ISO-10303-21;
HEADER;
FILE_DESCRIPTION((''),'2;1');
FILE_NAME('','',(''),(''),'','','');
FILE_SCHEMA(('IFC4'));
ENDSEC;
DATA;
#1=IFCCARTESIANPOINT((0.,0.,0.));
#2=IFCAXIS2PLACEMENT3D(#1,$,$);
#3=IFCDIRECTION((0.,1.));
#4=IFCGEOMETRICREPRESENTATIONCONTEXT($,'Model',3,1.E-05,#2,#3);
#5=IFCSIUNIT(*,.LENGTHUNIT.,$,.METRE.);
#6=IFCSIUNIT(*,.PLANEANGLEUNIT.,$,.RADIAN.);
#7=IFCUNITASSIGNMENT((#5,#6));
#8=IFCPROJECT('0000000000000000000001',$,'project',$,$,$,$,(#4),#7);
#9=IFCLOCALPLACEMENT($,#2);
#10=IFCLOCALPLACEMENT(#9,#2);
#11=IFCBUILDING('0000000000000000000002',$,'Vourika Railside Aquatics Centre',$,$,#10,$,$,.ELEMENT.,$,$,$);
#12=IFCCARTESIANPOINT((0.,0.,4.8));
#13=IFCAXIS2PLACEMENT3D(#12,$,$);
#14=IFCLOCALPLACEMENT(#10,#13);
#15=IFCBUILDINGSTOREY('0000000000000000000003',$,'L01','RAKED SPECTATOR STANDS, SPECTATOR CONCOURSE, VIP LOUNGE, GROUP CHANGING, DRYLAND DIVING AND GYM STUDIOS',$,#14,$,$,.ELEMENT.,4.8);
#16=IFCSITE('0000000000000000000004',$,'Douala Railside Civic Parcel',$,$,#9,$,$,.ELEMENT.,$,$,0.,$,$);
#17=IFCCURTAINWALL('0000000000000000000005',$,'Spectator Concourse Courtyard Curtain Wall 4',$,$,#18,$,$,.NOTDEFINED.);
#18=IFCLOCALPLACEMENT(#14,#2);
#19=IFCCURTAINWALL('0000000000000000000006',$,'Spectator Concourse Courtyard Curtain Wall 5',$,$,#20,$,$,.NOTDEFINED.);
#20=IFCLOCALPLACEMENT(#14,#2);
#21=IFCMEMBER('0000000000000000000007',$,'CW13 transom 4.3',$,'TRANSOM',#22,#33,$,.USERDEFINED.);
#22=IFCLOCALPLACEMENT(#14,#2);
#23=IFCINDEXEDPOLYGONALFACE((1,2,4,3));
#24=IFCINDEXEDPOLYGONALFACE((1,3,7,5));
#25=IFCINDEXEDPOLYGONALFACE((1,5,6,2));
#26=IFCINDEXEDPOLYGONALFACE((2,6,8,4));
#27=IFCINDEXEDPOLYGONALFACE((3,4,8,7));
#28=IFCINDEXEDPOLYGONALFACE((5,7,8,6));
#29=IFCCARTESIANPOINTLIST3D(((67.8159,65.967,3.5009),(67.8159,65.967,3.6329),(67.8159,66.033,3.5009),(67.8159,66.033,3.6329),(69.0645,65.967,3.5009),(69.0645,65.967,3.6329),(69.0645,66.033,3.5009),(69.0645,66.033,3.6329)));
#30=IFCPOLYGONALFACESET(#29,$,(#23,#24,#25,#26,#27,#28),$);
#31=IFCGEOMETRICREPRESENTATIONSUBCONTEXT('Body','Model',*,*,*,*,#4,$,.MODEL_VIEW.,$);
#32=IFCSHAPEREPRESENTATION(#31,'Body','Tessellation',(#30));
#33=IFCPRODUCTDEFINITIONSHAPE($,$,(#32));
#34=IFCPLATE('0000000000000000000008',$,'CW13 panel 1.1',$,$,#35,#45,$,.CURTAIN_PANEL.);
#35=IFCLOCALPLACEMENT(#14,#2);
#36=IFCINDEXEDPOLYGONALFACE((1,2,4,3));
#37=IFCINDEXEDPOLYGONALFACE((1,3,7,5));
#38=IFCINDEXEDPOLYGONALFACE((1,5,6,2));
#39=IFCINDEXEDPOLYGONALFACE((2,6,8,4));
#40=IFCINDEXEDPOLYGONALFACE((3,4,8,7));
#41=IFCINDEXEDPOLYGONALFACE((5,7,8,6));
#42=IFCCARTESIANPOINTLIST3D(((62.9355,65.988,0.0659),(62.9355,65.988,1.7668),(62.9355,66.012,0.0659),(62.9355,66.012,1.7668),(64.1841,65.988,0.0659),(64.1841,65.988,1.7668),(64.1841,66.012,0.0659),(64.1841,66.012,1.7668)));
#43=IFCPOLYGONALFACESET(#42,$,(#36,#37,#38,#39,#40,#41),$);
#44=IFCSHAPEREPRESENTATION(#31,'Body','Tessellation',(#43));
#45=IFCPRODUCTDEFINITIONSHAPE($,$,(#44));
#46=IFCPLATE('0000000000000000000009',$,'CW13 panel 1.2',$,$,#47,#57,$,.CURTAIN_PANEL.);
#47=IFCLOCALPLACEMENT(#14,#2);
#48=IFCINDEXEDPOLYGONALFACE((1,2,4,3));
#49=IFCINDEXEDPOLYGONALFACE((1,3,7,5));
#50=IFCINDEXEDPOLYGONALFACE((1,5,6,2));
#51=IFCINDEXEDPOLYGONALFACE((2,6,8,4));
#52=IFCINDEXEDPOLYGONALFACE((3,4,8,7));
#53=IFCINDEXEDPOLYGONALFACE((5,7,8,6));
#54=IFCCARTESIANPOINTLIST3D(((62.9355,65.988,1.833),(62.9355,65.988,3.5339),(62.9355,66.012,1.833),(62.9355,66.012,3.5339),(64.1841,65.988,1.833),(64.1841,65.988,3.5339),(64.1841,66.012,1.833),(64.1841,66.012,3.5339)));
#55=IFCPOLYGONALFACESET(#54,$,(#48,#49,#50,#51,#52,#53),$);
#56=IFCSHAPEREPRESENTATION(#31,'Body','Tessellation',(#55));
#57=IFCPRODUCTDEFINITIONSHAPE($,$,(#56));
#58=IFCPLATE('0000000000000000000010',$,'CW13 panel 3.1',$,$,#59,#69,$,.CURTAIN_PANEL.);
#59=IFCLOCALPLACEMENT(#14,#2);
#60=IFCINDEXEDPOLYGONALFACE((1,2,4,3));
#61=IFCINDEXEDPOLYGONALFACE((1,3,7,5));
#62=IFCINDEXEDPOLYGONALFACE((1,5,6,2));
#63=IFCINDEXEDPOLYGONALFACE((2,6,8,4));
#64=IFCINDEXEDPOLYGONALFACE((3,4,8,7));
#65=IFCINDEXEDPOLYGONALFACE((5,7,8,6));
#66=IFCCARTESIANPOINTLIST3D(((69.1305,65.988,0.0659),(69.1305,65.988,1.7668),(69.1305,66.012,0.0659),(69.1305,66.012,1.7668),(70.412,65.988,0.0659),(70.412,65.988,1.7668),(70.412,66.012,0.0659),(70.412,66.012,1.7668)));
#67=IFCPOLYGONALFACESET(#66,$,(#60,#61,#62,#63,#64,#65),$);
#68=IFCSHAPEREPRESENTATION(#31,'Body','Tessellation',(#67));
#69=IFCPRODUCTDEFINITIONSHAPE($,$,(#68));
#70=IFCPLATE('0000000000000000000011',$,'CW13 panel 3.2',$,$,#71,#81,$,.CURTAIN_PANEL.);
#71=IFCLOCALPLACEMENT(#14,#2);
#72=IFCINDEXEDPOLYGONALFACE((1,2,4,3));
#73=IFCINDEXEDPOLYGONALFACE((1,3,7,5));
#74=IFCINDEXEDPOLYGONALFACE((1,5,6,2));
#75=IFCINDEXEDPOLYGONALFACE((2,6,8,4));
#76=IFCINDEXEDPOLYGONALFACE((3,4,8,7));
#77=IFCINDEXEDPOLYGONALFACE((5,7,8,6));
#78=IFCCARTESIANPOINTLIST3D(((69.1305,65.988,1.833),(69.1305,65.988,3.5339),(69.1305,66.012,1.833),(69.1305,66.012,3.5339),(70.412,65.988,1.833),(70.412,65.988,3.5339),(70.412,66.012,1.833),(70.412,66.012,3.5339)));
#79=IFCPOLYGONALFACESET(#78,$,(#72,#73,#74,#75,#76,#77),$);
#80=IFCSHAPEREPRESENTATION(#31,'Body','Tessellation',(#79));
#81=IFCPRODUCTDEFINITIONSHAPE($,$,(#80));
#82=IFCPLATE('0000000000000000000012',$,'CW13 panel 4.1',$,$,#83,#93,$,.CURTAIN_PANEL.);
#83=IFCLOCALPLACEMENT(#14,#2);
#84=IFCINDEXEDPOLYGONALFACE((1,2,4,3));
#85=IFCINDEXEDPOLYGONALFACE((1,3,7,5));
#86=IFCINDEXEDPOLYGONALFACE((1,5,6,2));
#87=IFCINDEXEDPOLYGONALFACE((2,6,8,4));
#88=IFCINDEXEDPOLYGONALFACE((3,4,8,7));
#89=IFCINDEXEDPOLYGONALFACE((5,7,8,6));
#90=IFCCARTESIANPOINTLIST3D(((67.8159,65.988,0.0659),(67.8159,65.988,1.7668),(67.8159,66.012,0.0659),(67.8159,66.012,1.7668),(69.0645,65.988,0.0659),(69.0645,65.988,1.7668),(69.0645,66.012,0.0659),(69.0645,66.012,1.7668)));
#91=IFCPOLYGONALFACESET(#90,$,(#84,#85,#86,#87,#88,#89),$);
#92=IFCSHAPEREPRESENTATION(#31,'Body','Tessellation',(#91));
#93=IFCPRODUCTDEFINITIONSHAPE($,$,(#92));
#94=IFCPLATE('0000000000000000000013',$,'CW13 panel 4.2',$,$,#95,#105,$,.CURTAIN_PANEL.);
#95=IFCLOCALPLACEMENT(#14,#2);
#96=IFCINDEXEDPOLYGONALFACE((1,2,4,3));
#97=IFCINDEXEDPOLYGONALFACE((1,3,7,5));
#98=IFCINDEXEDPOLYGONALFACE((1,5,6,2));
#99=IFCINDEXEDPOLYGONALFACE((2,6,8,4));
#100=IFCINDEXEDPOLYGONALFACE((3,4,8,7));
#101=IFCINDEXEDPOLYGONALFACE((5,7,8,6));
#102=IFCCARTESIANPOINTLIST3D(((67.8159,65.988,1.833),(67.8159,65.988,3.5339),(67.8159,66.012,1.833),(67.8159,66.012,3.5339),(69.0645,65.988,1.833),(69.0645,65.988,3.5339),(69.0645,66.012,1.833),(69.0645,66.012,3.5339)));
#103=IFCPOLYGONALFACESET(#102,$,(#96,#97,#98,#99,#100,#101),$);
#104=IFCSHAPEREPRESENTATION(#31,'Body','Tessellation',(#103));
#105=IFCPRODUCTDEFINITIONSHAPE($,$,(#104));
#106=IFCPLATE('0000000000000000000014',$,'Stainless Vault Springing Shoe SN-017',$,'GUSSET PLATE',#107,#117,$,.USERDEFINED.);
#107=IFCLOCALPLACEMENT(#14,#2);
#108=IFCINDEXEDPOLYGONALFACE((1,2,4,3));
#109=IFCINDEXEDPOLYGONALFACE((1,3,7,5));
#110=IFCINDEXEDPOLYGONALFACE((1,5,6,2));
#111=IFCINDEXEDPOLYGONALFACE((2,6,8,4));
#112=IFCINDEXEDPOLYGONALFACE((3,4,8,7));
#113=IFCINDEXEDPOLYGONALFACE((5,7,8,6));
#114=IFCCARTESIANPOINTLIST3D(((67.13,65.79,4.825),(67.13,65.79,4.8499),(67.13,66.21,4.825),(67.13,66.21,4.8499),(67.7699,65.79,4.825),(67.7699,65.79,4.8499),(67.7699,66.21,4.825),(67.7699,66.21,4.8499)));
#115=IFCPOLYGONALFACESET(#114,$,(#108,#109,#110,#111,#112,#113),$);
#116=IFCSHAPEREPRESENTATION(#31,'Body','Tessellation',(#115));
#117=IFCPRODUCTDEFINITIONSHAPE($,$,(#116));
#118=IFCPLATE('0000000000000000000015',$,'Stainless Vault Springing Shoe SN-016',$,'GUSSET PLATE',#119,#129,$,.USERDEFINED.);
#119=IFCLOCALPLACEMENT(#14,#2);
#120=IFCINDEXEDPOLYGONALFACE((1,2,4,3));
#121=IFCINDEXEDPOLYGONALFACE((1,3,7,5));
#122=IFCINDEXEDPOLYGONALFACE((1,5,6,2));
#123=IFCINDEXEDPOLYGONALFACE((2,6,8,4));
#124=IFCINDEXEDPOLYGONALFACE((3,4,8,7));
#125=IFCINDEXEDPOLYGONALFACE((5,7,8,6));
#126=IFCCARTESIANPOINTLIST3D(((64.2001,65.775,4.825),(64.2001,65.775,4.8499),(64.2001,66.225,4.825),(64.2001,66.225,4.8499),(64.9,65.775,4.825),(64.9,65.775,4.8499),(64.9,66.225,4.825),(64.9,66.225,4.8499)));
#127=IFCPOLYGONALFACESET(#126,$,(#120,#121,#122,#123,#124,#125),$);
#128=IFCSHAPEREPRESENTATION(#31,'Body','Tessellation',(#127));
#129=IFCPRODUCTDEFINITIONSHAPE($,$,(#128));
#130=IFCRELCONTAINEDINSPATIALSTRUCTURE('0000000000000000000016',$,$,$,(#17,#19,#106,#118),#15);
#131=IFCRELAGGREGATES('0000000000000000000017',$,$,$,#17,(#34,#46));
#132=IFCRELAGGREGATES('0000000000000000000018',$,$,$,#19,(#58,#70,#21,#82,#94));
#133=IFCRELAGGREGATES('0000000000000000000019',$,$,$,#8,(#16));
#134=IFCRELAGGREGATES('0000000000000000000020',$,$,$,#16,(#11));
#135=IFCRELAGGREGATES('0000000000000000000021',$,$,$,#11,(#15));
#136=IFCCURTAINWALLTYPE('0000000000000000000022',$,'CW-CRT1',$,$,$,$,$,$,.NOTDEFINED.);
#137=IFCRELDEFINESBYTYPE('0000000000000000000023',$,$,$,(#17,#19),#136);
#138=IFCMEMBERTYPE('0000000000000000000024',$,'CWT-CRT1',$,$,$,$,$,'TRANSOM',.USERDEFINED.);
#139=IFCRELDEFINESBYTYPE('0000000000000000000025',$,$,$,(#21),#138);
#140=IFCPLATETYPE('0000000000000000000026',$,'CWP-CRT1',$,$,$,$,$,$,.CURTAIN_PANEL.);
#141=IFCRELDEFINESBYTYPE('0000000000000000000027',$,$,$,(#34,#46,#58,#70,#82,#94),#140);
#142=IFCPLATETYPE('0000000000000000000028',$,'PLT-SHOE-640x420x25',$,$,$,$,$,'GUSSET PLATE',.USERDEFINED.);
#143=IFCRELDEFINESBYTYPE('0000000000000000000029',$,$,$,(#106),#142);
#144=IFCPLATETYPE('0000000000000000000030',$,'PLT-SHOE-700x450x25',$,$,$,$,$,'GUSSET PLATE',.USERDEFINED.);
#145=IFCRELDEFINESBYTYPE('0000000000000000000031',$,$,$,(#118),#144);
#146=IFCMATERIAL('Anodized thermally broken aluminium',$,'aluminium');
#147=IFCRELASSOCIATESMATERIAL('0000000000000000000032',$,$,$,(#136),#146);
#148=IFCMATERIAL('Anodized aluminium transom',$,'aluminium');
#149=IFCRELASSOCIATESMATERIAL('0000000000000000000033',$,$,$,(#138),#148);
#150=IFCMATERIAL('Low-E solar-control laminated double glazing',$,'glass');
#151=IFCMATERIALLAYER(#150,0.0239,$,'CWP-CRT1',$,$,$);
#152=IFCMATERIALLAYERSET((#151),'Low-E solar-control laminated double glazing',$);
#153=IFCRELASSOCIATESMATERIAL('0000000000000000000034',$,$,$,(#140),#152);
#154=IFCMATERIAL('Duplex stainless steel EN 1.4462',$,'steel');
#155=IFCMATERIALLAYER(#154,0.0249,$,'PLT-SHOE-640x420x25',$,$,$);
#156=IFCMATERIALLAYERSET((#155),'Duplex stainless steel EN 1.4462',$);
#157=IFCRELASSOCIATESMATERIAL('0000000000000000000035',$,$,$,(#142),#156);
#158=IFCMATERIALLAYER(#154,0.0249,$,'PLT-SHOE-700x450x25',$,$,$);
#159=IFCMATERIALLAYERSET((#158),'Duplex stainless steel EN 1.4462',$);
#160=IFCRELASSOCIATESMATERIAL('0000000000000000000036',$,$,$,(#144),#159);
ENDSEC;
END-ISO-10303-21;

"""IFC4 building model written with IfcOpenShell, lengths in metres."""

from ifc_helpers import new_model, si_unit, direction, frame, origin, origin_2d, place, context, subcontext, project, spatial, rectangle, extrude, material, layer, layer_set, material_profile, profile_set, type_object, element, aggregate, save


model = new_model("IFC4")

# Units and contexts
model_context = context("Model", 3, precision=1e-05, world=origin(), true_north=direction((0.0, 1.0)))
body_context = subcontext(model_context, "Body", "Model", "MODEL_VIEW")
ifc_project = project(units=[si_unit("LENGTHUNIT", "METRE"), si_unit("PLANEANGLEUNIT", "RADIAN")], contexts=[model_context])

# Site, building, storey
site_placement = place(None, origin())
site = spatial("IfcSite", under=ifc_project, at=site_placement, Name="Douala Railside Civic Parcel", CompositionType="ELEMENT", RefElevation=0.0)
building_placement = place(site_placement, origin())
building = spatial("IfcBuilding", under=site, at=building_placement, Name="Vourika Railside Aquatics Centre", CompositionType="ELEMENT")
storey_placement = place(building_placement, frame((0.0, 0.0, 4.8)))
storey = spatial("IfcBuildingStorey", under=building, at=storey_placement, Name="L01", Description="RAKED SPECTATOR STANDS, SPECTATOR CONCOURSE, VIP LOUNGE, GROUP CHANGING, DRYLAND DIVING AND GYM STUDIOS", CompositionType="ELEMENT", Elevation=4.8)

# Curtain walls
ifc_material_1 = material(Name="Anodized thermally broken aluminium", Category="aluminium")
curtain_wall_type = type_object("IfcCurtainWallType", Name="CW-CRT1", PredefinedType="NOTDEFINED", material=ifc_material_1)
curtain_wall_1_placement = place(storey_placement, origin())
curtain_wall_1 = element("IfcCurtainWall", 1, at=curtain_wall_1_placement, inside=storey, type_object=curtain_wall_type, Name="Spectator Concourse Courtyard Curtain Wall 4", PredefinedType="NOTDEFINED")
curtain_wall_2_placement = place(storey_placement, origin())
curtain_wall_2 = element("IfcCurtainWall", 2, at=curtain_wall_2_placement, inside=storey, type_object=curtain_wall_type, Name="Spectator Concourse Courtyard Curtain Wall 5", PredefinedType="NOTDEFINED")

# Member
ifc_material_2 = material(Name="Anodized aluminium transom", Category="aluminium")
ifc_material_profile_1 = material_profile(ifc_material_2, rectangle(XDim=0.0659, YDim=0.1321, at=origin_2d()), Name="ALU-T 66x132")
ifc_profile_set_1 = profile_set([ifc_material_profile_1], Name="Anodized aluminium transom")
member_type_1 = type_object("IfcMemberType", Name="CWT-CRT1", ElementType="TRANSOM", PredefinedType="USERDEFINED", material=ifc_profile_set_1)
member_1_placement = place(storey_placement, frame((69.0645, 66.0, 3.5669), z_axis=(-1.0, 0.0, 0.0), x_axis=(0.0, -1.0, 0.0)))
member_1 = element("IfcMember", 3, at=member_1_placement, type_object=member_type_1, Name="CW13 transom 4.3", ObjectType="TRANSOM", PredefinedType="USERDEFINED", context=body_context, shape_type="SweptSolid", body=[
    extrude(rectangle(XDim=0.0659, YDim=0.1321, at=origin_2d()), origin(), (0.0, 0.0, 1.0), 1.2485),
])

# Plates
ifc_material_3 = material(Name="Low-E solar-control laminated double glazing", Category="glass")
ifc_layer_1 = layer(ifc_material_3, 0.0239, Name="CWP-CRT1")
ifc_layer_set_1 = layer_set([ifc_layer_1], Name="Low-E solar-control laminated double glazing")
plate_type_1 = type_object("IfcPlateType", Name="CWP-CRT1", PredefinedType="CURTAIN_PANEL", material=ifc_layer_set_1)
plate_1_placement = place(storey_placement, frame((63.5598, 66.0, 0.0659), z_axis=(0.0, 0.0, 1.0), x_axis=(-1.0, 0.0, 0.0)))
plate_1 = element("IfcPlate", 4, at=plate_1_placement, type_object=plate_type_1, Name="CW13 panel 1.1", PredefinedType="CURTAIN_PANEL", context=body_context, shape_type="SweptSolid", body=[
    extrude(rectangle(XDim=1.2485, YDim=0.0239, at=origin_2d()), origin(), (0.0, 0.0, 1.0), 1.7009),
])
plate_2_placement = place(storey_placement, frame((63.5598, 66.0, 1.833), z_axis=(0.0, 0.0, 1.0), x_axis=(-1.0, 0.0, 0.0)))
plate_2 = element("IfcPlate", 5, at=plate_2_placement, type_object=plate_type_1, Name="CW13 panel 1.2", PredefinedType="CURTAIN_PANEL", context=body_context, shape_type="SweptSolid", body=[
    extrude(rectangle(XDim=1.2485, YDim=0.0239, at=origin_2d()), origin(), (0.0, 0.0, 1.0), 1.7009),
])
aggregate(curtain_wall_1, [plate_1, plate_2])
plate_3_placement = place(storey_placement, frame((69.7712, 66.0, 0.0659), z_axis=(0.0, 0.0, 1.0), x_axis=(-1.0, 0.0, 0.0)))
plate_3 = element("IfcPlate", 6, at=plate_3_placement, type_object=plate_type_1, Name="CW13 panel 3.1", PredefinedType="CURTAIN_PANEL", context=body_context, shape_type="SweptSolid", body=[
    extrude(rectangle(XDim=1.2815, YDim=0.0239, at=origin_2d()), origin(), (0.0, 0.0, 1.0), 1.7009),
])
plate_4_placement = place(storey_placement, frame((69.7712, 66.0, 1.833), z_axis=(0.0, 0.0, 1.0), x_axis=(-1.0, 0.0, 0.0)))
plate_4 = element("IfcPlate", 7, at=plate_4_placement, type_object=plate_type_1, Name="CW13 panel 3.2", PredefinedType="CURTAIN_PANEL", context=body_context, shape_type="SweptSolid", body=[
    extrude(rectangle(XDim=1.2815, YDim=0.0239, at=origin_2d()), origin(), (0.0, 0.0, 1.0), 1.7009),
])
plate_5_placement = place(storey_placement, frame((68.4402, 66.0, 0.0659), z_axis=(0.0, 0.0, 1.0), x_axis=(-1.0, 0.0, 0.0)))
plate_5 = element("IfcPlate", 8, at=plate_5_placement, type_object=plate_type_1, Name="CW13 panel 4.1", PredefinedType="CURTAIN_PANEL", context=body_context, shape_type="SweptSolid", body=[
    extrude(rectangle(XDim=1.2485, YDim=0.0239, at=origin_2d()), origin(), (0.0, 0.0, 1.0), 1.7009),
])
plate_6_placement = place(storey_placement, frame((68.4402, 66.0, 1.833), z_axis=(0.0, 0.0, 1.0), x_axis=(-1.0, 0.0, 0.0)))
plate_6 = element("IfcPlate", 9, at=plate_6_placement, type_object=plate_type_1, Name="CW13 panel 4.2", PredefinedType="CURTAIN_PANEL", context=body_context, shape_type="SweptSolid", body=[
    extrude(rectangle(XDim=1.2485, YDim=0.0239, at=origin_2d()), origin(), (0.0, 0.0, 1.0), 1.7009),
])
aggregate(curtain_wall_2, [plate_3, plate_4, member_1, plate_5, plate_6])

# Plates
ifc_material_4 = material(Name="Duplex stainless steel EN 1.4462", Category="steel")
ifc_layer_2 = layer(ifc_material_4, 0.0249, Name="PLT-SHOE-640x420x25")
ifc_layer_set_2 = layer_set([ifc_layer_2], Name="Duplex stainless steel EN 1.4462")
plate_type_2 = type_object("IfcPlateType", Name="PLT-SHOE-640x420x25", ElementType="GUSSET PLATE", PredefinedType="USERDEFINED", material=ifc_layer_set_2)
plate_7_placement = place(storey_placement, frame((67.45, 66.0, 4.825), z_axis=(0.0, 0.0, 1.0), x_axis=(1.0, 0.0, 0.0)))
element("IfcPlate", 10, at=plate_7_placement, inside=storey, type_object=plate_type_2, Name="Stainless Vault Springing Shoe SN-017", ObjectType="GUSSET PLATE", PredefinedType="USERDEFINED", context=body_context, shape_type="SweptSolid", body=[
    extrude(rectangle(XDim=0.6399, YDim=0.4199, at=origin_2d()), origin(), (0.0, 0.0, 1.0), 0.0249),
])
ifc_layer_3 = layer(ifc_material_4, 0.0249, Name="PLT-SHOE-700x450x25")
ifc_layer_set_3 = layer_set([ifc_layer_3], Name="Duplex stainless steel EN 1.4462")
plate_type_3 = type_object("IfcPlateType", Name="PLT-SHOE-700x450x25", ElementType="GUSSET PLATE", PredefinedType="USERDEFINED", material=ifc_layer_set_3)
plate_8_placement = place(storey_placement, frame((64.55, 66.0, 4.825), z_axis=(0.0, 0.0, 1.0), x_axis=(1.0, 0.0, 0.0)))
element("IfcPlate", 11, at=plate_8_placement, inside=storey, type_object=plate_type_3, Name="Stainless Vault Springing Shoe SN-016", ObjectType="GUSSET PLATE", PredefinedType="USERDEFINED", context=body_context, shape_type="SweptSolid", body=[
    extrude(rectangle(XDim=0.7, YDim=0.45, at=origin_2d()), origin(), (0.0, 0.0, 1.0), 0.0249),
])

save(model, "model.ifc")
